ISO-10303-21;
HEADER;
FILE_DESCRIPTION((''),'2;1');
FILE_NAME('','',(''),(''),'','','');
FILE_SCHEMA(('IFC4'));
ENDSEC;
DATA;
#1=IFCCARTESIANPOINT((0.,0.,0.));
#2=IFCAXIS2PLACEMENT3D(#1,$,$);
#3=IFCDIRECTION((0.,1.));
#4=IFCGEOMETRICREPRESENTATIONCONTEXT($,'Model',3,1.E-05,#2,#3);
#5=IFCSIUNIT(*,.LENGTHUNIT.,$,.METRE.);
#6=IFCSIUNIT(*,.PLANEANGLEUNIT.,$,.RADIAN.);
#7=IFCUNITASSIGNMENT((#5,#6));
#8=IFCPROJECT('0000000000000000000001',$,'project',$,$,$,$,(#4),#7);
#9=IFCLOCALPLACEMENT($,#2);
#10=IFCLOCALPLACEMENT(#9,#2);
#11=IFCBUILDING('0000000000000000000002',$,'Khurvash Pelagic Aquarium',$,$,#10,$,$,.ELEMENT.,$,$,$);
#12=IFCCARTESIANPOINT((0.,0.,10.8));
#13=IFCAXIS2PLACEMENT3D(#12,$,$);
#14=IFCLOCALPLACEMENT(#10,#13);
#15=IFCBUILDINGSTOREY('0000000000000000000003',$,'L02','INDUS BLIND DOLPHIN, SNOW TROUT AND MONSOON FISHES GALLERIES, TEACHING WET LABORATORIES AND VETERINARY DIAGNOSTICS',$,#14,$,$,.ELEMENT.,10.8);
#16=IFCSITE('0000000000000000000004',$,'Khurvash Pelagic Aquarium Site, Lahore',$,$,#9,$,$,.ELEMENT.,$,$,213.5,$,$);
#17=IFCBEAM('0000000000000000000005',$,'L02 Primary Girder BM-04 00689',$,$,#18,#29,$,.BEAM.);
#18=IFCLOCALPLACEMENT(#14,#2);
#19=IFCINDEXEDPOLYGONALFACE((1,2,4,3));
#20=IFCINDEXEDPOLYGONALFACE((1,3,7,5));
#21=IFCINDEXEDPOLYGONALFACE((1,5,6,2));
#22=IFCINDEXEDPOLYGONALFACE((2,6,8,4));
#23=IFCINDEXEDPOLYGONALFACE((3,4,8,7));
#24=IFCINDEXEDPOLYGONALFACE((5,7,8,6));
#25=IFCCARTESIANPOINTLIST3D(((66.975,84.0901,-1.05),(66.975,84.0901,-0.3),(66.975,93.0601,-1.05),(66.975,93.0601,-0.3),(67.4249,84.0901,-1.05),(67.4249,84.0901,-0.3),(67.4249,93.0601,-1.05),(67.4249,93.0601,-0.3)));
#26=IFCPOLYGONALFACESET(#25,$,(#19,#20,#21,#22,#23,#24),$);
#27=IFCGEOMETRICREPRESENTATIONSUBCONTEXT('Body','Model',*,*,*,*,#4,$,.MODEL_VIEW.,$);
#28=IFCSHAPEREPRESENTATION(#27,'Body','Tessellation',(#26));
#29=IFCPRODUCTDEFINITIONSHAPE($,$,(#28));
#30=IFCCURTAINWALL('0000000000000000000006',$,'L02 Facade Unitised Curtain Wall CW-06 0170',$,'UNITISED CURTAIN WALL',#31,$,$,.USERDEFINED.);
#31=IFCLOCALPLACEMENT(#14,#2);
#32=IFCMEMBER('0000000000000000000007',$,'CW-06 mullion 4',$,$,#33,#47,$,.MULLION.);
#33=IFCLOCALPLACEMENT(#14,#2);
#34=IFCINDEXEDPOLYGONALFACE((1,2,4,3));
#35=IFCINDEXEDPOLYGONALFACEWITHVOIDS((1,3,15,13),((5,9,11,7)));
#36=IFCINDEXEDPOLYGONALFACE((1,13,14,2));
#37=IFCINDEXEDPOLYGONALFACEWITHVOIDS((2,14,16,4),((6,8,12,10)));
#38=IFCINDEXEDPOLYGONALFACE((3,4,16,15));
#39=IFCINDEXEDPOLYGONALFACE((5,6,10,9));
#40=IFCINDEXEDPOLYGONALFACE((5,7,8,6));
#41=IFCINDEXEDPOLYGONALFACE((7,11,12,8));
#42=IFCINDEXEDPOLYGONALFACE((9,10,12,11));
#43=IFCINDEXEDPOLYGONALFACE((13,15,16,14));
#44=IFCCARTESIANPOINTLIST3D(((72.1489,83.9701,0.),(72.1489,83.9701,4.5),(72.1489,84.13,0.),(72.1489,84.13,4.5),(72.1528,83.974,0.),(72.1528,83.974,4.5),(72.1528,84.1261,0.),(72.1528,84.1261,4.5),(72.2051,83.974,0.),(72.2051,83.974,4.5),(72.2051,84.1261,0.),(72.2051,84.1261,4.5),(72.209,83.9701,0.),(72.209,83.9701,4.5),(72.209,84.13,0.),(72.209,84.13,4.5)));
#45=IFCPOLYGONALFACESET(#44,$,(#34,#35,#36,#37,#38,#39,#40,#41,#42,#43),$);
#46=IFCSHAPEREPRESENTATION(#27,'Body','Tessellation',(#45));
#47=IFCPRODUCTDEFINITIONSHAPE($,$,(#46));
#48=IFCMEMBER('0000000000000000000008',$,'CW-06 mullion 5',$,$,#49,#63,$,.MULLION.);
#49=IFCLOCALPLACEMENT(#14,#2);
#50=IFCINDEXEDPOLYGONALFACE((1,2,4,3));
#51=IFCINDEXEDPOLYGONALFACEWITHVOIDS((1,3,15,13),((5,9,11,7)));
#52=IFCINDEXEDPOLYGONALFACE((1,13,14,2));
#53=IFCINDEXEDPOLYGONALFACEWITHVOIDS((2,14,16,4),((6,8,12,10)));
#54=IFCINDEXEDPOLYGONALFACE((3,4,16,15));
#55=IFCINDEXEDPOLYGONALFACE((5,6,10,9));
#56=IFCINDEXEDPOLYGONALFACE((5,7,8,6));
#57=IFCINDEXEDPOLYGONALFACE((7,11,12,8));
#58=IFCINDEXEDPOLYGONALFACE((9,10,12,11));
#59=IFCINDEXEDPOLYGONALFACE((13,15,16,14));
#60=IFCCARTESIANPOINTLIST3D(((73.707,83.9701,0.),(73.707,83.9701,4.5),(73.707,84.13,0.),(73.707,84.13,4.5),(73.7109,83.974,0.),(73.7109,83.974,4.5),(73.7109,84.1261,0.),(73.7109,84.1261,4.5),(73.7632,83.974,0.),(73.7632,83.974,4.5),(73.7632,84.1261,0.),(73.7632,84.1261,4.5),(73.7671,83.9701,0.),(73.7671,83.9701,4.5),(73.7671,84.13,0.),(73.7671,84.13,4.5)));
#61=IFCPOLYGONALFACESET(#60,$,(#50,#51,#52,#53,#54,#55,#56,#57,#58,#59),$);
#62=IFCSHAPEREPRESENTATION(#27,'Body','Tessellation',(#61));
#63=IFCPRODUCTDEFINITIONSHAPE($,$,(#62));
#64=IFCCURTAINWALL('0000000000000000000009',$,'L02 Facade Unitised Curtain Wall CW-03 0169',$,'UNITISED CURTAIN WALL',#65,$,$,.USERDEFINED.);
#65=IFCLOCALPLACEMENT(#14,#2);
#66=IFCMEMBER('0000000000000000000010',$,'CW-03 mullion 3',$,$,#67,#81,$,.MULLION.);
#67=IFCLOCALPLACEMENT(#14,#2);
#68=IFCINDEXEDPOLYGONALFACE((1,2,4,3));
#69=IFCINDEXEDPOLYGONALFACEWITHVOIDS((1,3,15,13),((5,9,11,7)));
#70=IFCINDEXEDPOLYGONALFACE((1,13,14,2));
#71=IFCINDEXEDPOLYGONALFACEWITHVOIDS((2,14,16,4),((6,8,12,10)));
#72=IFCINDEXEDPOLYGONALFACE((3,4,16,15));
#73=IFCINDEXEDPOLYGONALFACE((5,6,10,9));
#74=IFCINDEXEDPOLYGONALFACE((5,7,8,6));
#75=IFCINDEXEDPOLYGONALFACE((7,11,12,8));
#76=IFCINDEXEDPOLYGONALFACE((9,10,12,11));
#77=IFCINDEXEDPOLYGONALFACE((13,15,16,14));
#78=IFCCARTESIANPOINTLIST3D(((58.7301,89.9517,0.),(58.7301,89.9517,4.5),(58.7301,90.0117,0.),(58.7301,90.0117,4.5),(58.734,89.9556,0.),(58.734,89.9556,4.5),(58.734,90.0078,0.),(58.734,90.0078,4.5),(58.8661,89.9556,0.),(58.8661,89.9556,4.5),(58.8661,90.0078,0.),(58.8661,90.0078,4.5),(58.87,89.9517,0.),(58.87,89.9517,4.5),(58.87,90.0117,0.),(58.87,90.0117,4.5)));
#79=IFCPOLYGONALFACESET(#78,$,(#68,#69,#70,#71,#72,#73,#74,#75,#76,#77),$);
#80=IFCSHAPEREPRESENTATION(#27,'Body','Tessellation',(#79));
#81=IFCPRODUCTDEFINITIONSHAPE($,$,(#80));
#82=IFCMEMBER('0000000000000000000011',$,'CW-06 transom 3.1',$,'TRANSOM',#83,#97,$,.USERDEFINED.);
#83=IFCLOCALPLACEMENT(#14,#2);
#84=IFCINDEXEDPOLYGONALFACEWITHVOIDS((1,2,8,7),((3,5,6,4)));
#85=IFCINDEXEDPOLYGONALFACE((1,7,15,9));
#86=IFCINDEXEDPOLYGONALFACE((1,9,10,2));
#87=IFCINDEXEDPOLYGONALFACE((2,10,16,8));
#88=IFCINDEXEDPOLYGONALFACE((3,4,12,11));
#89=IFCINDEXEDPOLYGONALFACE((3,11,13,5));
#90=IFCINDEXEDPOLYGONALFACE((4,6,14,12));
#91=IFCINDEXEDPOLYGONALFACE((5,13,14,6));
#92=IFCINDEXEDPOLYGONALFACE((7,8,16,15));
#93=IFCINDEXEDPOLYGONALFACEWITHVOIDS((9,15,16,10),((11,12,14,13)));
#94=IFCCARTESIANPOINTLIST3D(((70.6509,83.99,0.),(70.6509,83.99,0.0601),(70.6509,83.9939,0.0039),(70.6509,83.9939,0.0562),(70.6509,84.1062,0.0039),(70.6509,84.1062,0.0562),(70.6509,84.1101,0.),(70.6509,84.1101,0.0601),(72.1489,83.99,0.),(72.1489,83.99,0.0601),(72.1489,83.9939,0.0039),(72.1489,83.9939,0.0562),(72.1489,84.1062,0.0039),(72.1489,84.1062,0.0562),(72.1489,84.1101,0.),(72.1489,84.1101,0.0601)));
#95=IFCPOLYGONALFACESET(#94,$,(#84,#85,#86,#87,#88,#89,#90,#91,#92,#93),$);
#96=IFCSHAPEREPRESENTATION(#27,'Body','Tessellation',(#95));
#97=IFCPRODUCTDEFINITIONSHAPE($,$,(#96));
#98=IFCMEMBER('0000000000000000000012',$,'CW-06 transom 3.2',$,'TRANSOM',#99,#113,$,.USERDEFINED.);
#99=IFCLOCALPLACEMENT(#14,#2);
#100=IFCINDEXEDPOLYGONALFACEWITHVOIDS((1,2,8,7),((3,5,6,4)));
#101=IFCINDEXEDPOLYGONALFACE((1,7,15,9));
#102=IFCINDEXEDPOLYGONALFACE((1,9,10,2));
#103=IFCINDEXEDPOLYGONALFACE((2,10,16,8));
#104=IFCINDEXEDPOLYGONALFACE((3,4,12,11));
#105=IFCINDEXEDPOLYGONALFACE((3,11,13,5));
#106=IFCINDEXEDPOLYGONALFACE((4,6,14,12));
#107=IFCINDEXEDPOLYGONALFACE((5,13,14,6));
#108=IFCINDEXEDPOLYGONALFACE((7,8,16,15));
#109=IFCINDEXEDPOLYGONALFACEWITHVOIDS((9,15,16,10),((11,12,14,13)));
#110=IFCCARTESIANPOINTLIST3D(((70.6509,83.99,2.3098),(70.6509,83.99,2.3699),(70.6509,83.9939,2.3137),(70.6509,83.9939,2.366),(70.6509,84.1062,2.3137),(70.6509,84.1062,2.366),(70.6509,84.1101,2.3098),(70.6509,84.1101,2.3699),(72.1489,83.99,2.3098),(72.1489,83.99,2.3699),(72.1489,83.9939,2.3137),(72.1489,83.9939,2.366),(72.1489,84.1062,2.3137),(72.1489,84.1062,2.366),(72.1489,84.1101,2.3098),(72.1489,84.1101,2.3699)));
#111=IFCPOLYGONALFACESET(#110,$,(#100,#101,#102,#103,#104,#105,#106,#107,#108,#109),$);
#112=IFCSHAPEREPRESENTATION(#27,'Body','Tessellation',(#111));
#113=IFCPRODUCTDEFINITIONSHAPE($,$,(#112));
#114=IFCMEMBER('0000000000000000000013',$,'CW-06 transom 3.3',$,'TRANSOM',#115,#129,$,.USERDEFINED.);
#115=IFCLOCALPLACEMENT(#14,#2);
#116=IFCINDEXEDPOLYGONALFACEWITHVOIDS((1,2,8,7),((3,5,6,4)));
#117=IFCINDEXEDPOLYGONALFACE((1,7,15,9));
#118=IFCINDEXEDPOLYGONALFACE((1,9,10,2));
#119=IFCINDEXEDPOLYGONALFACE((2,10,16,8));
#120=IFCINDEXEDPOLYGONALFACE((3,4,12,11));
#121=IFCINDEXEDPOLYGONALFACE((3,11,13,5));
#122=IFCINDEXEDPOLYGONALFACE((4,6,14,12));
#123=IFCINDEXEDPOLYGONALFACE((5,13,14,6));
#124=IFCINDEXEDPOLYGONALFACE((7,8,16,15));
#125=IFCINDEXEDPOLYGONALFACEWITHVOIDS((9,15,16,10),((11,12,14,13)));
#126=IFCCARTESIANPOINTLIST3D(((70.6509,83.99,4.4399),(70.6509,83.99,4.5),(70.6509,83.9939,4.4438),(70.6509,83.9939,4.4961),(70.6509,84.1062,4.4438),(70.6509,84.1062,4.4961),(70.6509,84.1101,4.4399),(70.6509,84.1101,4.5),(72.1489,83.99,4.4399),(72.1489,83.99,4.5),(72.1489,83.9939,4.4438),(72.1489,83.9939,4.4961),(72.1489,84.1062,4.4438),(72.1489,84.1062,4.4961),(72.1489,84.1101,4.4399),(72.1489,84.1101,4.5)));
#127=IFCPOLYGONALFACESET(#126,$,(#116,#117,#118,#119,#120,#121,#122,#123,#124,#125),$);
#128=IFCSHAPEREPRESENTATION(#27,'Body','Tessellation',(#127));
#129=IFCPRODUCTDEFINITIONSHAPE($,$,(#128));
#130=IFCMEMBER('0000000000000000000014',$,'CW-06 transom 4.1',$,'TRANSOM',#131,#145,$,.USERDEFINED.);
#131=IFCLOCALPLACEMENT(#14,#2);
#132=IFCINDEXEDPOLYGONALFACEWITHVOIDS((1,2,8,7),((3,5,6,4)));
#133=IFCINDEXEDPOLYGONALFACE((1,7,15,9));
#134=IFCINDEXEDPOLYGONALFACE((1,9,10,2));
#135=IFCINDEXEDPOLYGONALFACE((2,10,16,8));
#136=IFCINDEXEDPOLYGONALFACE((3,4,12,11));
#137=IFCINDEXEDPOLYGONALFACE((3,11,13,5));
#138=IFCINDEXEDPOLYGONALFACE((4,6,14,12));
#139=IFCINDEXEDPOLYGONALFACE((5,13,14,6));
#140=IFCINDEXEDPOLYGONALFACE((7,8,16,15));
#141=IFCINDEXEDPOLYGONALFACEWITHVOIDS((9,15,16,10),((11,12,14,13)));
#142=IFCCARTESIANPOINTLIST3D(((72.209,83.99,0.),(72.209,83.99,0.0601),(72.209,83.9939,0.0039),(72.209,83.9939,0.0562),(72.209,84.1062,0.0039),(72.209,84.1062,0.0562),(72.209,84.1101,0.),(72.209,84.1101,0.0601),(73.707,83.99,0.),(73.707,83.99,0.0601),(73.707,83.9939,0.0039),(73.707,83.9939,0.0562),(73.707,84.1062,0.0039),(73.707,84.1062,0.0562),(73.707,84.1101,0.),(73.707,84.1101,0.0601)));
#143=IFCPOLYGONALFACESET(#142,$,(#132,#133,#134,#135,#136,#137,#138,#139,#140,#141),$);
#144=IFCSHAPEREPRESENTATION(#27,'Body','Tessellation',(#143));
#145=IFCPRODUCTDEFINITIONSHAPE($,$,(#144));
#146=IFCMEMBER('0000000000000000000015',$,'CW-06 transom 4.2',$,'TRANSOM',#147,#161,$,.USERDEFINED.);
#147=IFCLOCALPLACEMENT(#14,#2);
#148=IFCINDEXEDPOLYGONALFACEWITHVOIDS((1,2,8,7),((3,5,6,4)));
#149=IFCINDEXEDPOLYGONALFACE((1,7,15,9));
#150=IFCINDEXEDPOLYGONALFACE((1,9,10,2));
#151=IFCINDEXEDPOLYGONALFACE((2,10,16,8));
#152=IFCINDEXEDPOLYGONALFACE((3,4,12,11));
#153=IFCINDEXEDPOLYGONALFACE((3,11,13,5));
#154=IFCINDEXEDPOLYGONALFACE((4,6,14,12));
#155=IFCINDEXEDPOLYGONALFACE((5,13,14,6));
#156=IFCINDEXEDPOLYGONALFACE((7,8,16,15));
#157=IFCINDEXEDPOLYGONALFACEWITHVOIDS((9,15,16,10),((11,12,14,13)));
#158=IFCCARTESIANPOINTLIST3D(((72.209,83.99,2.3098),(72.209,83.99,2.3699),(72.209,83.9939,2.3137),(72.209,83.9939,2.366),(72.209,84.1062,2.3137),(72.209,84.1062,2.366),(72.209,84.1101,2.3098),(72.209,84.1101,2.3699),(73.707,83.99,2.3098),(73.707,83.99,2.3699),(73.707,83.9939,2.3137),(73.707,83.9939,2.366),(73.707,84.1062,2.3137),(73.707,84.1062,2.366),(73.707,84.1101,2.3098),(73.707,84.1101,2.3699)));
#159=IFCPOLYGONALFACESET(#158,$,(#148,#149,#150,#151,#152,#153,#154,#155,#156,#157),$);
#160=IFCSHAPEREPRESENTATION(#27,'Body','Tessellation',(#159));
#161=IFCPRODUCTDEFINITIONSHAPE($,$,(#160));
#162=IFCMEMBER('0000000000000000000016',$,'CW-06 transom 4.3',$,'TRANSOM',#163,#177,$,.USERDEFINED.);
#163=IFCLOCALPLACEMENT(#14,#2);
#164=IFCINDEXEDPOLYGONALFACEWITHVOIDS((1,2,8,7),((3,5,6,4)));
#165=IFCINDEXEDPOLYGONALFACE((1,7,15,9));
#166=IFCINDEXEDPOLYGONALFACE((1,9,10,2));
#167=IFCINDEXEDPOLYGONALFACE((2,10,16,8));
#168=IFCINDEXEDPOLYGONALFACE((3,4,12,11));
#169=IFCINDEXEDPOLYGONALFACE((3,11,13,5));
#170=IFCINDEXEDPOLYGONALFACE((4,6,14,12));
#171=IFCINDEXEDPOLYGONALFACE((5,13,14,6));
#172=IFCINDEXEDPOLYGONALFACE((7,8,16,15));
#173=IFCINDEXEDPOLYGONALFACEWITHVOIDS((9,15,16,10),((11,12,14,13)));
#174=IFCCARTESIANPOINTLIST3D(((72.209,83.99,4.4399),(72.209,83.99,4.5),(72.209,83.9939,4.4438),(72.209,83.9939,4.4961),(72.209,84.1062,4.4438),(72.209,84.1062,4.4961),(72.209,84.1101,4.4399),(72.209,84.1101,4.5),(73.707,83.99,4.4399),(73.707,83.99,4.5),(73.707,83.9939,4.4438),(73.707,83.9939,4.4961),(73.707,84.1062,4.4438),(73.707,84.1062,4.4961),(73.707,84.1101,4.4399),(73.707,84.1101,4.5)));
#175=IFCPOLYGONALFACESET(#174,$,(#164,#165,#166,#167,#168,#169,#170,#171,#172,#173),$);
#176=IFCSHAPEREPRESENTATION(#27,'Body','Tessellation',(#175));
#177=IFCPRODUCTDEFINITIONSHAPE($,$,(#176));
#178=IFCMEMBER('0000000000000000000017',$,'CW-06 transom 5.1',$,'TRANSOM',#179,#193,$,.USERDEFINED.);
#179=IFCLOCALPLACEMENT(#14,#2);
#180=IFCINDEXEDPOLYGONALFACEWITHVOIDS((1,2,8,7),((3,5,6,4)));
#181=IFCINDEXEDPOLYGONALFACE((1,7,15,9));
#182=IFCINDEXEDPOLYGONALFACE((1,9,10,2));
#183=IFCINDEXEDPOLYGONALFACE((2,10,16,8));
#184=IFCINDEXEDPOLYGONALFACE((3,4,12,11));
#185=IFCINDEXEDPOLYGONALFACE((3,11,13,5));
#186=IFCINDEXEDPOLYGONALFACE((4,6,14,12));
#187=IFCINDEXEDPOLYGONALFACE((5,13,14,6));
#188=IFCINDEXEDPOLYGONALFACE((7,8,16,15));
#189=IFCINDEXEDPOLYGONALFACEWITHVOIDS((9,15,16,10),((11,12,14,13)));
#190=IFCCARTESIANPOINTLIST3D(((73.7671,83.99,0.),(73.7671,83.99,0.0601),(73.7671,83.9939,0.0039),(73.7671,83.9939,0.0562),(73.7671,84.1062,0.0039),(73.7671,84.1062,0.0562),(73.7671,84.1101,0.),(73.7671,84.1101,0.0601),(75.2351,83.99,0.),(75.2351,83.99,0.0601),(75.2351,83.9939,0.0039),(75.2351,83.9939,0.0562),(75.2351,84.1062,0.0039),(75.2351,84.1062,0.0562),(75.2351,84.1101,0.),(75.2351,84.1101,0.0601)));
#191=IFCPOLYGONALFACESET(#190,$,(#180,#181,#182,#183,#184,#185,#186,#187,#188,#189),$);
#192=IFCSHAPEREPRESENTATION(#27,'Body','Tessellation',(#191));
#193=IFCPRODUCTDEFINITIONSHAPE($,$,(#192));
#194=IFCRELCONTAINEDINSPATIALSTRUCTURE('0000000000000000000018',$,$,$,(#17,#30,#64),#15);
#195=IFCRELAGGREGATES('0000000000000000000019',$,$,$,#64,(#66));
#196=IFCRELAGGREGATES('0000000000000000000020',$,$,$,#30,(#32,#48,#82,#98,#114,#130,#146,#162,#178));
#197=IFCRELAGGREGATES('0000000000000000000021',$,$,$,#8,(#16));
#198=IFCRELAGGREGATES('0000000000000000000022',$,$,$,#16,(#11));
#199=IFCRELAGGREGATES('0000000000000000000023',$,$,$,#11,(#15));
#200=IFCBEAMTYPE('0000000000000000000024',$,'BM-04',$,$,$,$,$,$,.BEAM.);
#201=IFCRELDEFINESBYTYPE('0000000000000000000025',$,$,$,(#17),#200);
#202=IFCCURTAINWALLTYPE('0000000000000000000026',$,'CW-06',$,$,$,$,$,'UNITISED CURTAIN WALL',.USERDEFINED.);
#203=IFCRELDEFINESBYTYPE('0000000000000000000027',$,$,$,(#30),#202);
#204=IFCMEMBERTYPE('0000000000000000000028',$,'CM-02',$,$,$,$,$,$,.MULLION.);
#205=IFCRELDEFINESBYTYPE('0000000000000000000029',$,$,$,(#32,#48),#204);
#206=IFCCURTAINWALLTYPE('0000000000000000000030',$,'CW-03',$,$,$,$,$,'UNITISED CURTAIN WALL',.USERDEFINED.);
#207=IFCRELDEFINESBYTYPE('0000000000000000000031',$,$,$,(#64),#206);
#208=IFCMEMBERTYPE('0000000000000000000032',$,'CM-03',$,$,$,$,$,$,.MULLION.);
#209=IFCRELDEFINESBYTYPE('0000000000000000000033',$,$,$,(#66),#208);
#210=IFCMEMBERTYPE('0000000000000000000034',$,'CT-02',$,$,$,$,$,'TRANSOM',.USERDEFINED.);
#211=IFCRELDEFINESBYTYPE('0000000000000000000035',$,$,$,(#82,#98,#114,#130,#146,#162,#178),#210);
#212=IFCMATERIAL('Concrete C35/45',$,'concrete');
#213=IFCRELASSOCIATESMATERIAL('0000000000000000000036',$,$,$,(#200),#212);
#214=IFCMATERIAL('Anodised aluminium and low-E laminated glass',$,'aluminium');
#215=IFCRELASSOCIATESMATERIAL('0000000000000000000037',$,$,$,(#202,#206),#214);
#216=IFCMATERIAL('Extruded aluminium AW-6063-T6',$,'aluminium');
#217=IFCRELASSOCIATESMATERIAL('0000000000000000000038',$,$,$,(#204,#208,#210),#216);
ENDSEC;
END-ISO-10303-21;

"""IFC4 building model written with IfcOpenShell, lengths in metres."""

from ifc_helpers import new_model, si_unit, direction, frame, origin, origin_2d, place, context, subcontext, project, spatial, rectangle, hollow_rectangle, extrude, material, material_profile, profile_set, type_object, element, aggregate, save


model = new_model("IFC4")

# Units and contexts
model_context = context("Model", 3, precision=1e-05, world=origin(), true_north=direction((0.0, 1.0)))
body_context = subcontext(model_context, "Body", "Model", "MODEL_VIEW")
ifc_project = project(units=[si_unit("LENGTHUNIT", "METRE"), si_unit("PLANEANGLEUNIT", "RADIAN")], contexts=[model_context])

# Site, building, storey
site_placement = place(None, origin())
site = spatial("IfcSite", under=ifc_project, at=site_placement, Name="Khurvash Pelagic Aquarium Site, Lahore", CompositionType="ELEMENT", RefElevation=213.5)
building_placement = place(site_placement, origin())
building = spatial("IfcBuilding", under=site, at=building_placement, Name="Khurvash Pelagic Aquarium", CompositionType="ELEMENT")
storey_placement = place(building_placement, frame((0.0, 0.0, 10.8)))
storey = spatial("IfcBuildingStorey", under=building, at=storey_placement, Name="L02", Description="INDUS BLIND DOLPHIN, SNOW TROUT AND MONSOON FISHES GALLERIES, TEACHING WET LABORATORIES AND VETERINARY DIAGNOSTICS", CompositionType="ELEMENT", Elevation=10.8)

# Beam
ifc_material_1 = material(Name="Concrete C35/45", Category="concrete")
ifc_material_profile_1 = material_profile(ifc_material_1, rectangle(XDim=0.45, YDim=0.75, at=origin_2d()), Name="RC450X750")
ifc_profile_set_1 = profile_set([ifc_material_profile_1], Name="Concrete C35/45")
beam_type_1 = type_object("IfcBeamType", Name="BM-04", PredefinedType="BEAM", material=ifc_profile_set_1)
beam_1_placement = place(storey_placement, frame((67.2, 84.0901, -0.675), z_axis=(0.0, 1.0, 0.0), x_axis=(-1.0, 0.0, 0.0)))
element("IfcBeam", 1, at=beam_1_placement, inside=storey, type_object=beam_type_1, Name="L02 Primary Girder BM-04 00689", PredefinedType="BEAM", context=body_context, shape_type="SweptSolid", body=[
    extrude(rectangle(XDim=0.45, YDim=0.75, at=origin_2d()), origin(), (0.0, 0.0, 1.0), 8.97),
])

# Curtain wall, members
ifc_material_2 = material(Name="Anodised aluminium and low-E laminated glass", Category="aluminium")
curtain_wall_type_1 = type_object("IfcCurtainWallType", Name="CW-06", ElementType="UNITISED CURTAIN WALL", PredefinedType="USERDEFINED", material=ifc_material_2)
curtain_wall_1_placement = place(storey_placement, origin())
curtain_wall_1 = element("IfcCurtainWall", 2, at=curtain_wall_1_placement, inside=storey, type_object=curtain_wall_type_1, Name="L02 Facade Unitised Curtain Wall CW-06 0170", ObjectType="UNITISED CURTAIN WALL", PredefinedType="USERDEFINED")
ifc_material_3 = material(Name="Extruded aluminium AW-6063-T6", Category="aluminium")
ifc_material_profile_2 = material_profile(ifc_material_3, hollow_rectangle(XDim=0.0601, YDim=0.1599, WallThickness=0.0039, at=origin_2d()), Name="CWM60X160X4")
ifc_profile_set_2 = profile_set([ifc_material_profile_2], Name="Extruded aluminium AW-6063-T6")
member_type_1 = type_object("IfcMemberType", Name="CM-02", PredefinedType="MULLION", material=ifc_profile_set_2)
member_1_placement = place(storey_placement, frame((72.179, 84.05, 0.0), z_axis=(0.0, 0.0, 1.0), x_axis=(1.0, 0.0, 0.0)))
member_1 = element("IfcMember", 3, at=member_1_placement, type_object=member_type_1, Name="CW-06 mullion 4", PredefinedType="MULLION", context=body_context, shape_type="SweptSolid", body=[
    extrude(hollow_rectangle(XDim=0.0601, YDim=0.1599, WallThickness=0.0039, at=origin_2d()), origin(), (0.0, 0.0, 1.0), 4.5),
])
member_2_placement = place(storey_placement, frame((73.7371, 84.05, 0.0), z_axis=(0.0, 0.0, 1.0), x_axis=(1.0, 0.0, 0.0)))
member_2 = element("IfcMember", 4, at=member_2_placement, type_object=member_type_1, Name="CW-06 mullion 5", PredefinedType="MULLION", context=body_context, shape_type="SweptSolid", body=[
    extrude(hollow_rectangle(XDim=0.0601, YDim=0.1599, WallThickness=0.0039, at=origin_2d()), origin(), (0.0, 0.0, 1.0), 4.5),
])

# Curtain wall, member
curtain_wall_type_2 = type_object("IfcCurtainWallType", Name="CW-03", ElementType="UNITISED CURTAIN WALL", PredefinedType="USERDEFINED", material=ifc_material_2)
curtain_wall_2_placement = place(storey_placement, origin())
curtain_wall_2 = element("IfcCurtainWall", 5, at=curtain_wall_2_placement, inside=storey, type_object=curtain_wall_type_2, Name="L02 Facade Unitised Curtain Wall CW-03 0169", ObjectType="UNITISED CURTAIN WALL", PredefinedType="USERDEFINED")
ifc_material_profile_3 = material_profile(ifc_material_3, hollow_rectangle(XDim=0.0601, YDim=0.1399, WallThickness=0.0039, at=origin_2d()), Name="CWM60X140X4")
ifc_profile_set_3 = profile_set([ifc_material_profile_3], Name="Extruded aluminium AW-6063-T6")
member_type_2 = type_object("IfcMemberType", Name="CM-03", PredefinedType="MULLION", material=ifc_profile_set_3)
member_3_placement = place(storey_placement, frame((58.8, 89.9817, 0.0), z_axis=(0.0, 0.0, 1.0), x_axis=(0.0, -1.0, 0.0)))
member_3 = element("IfcMember", 6, at=member_3_placement, type_object=member_type_2, Name="CW-03 mullion 3", PredefinedType="MULLION", context=body_context, shape_type="SweptSolid", body=[
    extrude(hollow_rectangle(XDim=0.0601, YDim=0.1399, WallThickness=0.0039, at=origin_2d()), origin(), (0.0, 0.0, 1.0), 4.5),
])

# Members
ifc_material_profile_4 = material_profile(ifc_material_3, hollow_rectangle(XDim=0.1201, YDim=0.0601, WallThickness=0.0039, at=origin_2d()), Name="CWT120X60X4")
ifc_profile_set_4 = profile_set([ifc_material_profile_4], Name="Extruded aluminium AW-6063-T6")
member_type_3 = type_object("IfcMemberType", Name="CT-02", ElementType="TRANSOM", PredefinedType="USERDEFINED", material=ifc_profile_set_4)
member_4_placement = place(storey_placement, frame((70.6509, 84.05, 0.03), z_axis=(1.0, 0.0, 0.0), x_axis=(0.0, 1.0, 0.0)))
member_4 = element("IfcMember", 7, at=member_4_placement, type_object=member_type_3, Name="CW-06 transom 3.1", ObjectType="TRANSOM", PredefinedType="USERDEFINED", context=body_context, shape_type="SweptSolid", body=[
    extrude(hollow_rectangle(XDim=0.1201, YDim=0.0601, WallThickness=0.0039, at=origin_2d()), origin(), (0.0, 0.0, 1.0), 1.498),
])
member_5_placement = place(storey_placement, frame((70.6509, 84.05, 2.3398), z_axis=(1.0, 0.0, 0.0), x_axis=(0.0, 1.0, 0.0)))
member_5 = element("IfcMember", 8, at=member_5_placement, type_object=member_type_3, Name="CW-06 transom 3.2", ObjectType="TRANSOM", PredefinedType="USERDEFINED", context=body_context, shape_type="SweptSolid", body=[
    extrude(hollow_rectangle(XDim=0.1201, YDim=0.0601, WallThickness=0.0039, at=origin_2d()), origin(), (0.0, 0.0, 1.0), 1.498),
])
member_6_placement = place(storey_placement, frame((70.6509, 84.05, 4.47), z_axis=(1.0, 0.0, 0.0), x_axis=(0.0, 1.0, 0.0)))
member_6 = element("IfcMember", 9, at=member_6_placement, type_object=member_type_3, Name="CW-06 transom 3.3", ObjectType="TRANSOM", PredefinedType="USERDEFINED", context=body_context, shape_type="SweptSolid", body=[
    extrude(hollow_rectangle(XDim=0.1201, YDim=0.0601, WallThickness=0.0039, at=origin_2d()), origin(), (0.0, 0.0, 1.0), 1.498),
])
member_7_placement = place(storey_placement, frame((72.209, 84.05, 0.03), z_axis=(1.0, 0.0, 0.0), x_axis=(0.0, 1.0, 0.0)))
member_7 = element("IfcMember", 10, at=member_7_placement, type_object=member_type_3, Name="CW-06 transom 4.1", ObjectType="TRANSOM", PredefinedType="USERDEFINED", context=body_context, shape_type="SweptSolid", body=[
    extrude(hollow_rectangle(XDim=0.1201, YDim=0.0601, WallThickness=0.0039, at=origin_2d()), origin(), (0.0, 0.0, 1.0), 1.498),
])
member_8_placement = place(storey_placement, frame((72.209, 84.05, 2.3398), z_axis=(1.0, 0.0, 0.0), x_axis=(0.0, 1.0, 0.0)))
member_8 = element("IfcMember", 11, at=member_8_placement, type_object=member_type_3, Name="CW-06 transom 4.2", ObjectType="TRANSOM", PredefinedType="USERDEFINED", context=body_context, shape_type="SweptSolid", body=[
    extrude(hollow_rectangle(XDim=0.1201, YDim=0.0601, WallThickness=0.0039, at=origin_2d()), origin(), (0.0, 0.0, 1.0), 1.498),
])
member_9_placement = place(storey_placement, frame((72.209, 84.05, 4.47), z_axis=(1.0, 0.0, 0.0), x_axis=(0.0, 1.0, 0.0)))
member_9 = element("IfcMember", 12, at=member_9_placement, type_object=member_type_3, Name="CW-06 transom 4.3", ObjectType="TRANSOM", PredefinedType="USERDEFINED", context=body_context, shape_type="SweptSolid", body=[
    extrude(hollow_rectangle(XDim=0.1201, YDim=0.0601, WallThickness=0.0039, at=origin_2d()), origin(), (0.0, 0.0, 1.0), 1.498),
])
member_10_placement = place(storey_placement, frame((73.7671, 84.05, 0.03), z_axis=(1.0, 0.0, 0.0), x_axis=(0.0, 1.0, 0.0)))
member_10 = element("IfcMember", 13, at=member_10_placement, type_object=member_type_3, Name="CW-06 transom 5.1", ObjectType="TRANSOM", PredefinedType="USERDEFINED", context=body_context, shape_type="SweptSolid", body=[
    extrude(hollow_rectangle(XDim=0.1201, YDim=0.0601, WallThickness=0.0039, at=origin_2d()), origin(), (0.0, 0.0, 1.0), 1.468),
])
aggregate(curtain_wall_2, [member_3])

aggregate(curtain_wall_1, [member_1, member_2, member_4, member_5, member_6, member_7, member_8, member_9, member_10])

save(model, "model.ifc")
